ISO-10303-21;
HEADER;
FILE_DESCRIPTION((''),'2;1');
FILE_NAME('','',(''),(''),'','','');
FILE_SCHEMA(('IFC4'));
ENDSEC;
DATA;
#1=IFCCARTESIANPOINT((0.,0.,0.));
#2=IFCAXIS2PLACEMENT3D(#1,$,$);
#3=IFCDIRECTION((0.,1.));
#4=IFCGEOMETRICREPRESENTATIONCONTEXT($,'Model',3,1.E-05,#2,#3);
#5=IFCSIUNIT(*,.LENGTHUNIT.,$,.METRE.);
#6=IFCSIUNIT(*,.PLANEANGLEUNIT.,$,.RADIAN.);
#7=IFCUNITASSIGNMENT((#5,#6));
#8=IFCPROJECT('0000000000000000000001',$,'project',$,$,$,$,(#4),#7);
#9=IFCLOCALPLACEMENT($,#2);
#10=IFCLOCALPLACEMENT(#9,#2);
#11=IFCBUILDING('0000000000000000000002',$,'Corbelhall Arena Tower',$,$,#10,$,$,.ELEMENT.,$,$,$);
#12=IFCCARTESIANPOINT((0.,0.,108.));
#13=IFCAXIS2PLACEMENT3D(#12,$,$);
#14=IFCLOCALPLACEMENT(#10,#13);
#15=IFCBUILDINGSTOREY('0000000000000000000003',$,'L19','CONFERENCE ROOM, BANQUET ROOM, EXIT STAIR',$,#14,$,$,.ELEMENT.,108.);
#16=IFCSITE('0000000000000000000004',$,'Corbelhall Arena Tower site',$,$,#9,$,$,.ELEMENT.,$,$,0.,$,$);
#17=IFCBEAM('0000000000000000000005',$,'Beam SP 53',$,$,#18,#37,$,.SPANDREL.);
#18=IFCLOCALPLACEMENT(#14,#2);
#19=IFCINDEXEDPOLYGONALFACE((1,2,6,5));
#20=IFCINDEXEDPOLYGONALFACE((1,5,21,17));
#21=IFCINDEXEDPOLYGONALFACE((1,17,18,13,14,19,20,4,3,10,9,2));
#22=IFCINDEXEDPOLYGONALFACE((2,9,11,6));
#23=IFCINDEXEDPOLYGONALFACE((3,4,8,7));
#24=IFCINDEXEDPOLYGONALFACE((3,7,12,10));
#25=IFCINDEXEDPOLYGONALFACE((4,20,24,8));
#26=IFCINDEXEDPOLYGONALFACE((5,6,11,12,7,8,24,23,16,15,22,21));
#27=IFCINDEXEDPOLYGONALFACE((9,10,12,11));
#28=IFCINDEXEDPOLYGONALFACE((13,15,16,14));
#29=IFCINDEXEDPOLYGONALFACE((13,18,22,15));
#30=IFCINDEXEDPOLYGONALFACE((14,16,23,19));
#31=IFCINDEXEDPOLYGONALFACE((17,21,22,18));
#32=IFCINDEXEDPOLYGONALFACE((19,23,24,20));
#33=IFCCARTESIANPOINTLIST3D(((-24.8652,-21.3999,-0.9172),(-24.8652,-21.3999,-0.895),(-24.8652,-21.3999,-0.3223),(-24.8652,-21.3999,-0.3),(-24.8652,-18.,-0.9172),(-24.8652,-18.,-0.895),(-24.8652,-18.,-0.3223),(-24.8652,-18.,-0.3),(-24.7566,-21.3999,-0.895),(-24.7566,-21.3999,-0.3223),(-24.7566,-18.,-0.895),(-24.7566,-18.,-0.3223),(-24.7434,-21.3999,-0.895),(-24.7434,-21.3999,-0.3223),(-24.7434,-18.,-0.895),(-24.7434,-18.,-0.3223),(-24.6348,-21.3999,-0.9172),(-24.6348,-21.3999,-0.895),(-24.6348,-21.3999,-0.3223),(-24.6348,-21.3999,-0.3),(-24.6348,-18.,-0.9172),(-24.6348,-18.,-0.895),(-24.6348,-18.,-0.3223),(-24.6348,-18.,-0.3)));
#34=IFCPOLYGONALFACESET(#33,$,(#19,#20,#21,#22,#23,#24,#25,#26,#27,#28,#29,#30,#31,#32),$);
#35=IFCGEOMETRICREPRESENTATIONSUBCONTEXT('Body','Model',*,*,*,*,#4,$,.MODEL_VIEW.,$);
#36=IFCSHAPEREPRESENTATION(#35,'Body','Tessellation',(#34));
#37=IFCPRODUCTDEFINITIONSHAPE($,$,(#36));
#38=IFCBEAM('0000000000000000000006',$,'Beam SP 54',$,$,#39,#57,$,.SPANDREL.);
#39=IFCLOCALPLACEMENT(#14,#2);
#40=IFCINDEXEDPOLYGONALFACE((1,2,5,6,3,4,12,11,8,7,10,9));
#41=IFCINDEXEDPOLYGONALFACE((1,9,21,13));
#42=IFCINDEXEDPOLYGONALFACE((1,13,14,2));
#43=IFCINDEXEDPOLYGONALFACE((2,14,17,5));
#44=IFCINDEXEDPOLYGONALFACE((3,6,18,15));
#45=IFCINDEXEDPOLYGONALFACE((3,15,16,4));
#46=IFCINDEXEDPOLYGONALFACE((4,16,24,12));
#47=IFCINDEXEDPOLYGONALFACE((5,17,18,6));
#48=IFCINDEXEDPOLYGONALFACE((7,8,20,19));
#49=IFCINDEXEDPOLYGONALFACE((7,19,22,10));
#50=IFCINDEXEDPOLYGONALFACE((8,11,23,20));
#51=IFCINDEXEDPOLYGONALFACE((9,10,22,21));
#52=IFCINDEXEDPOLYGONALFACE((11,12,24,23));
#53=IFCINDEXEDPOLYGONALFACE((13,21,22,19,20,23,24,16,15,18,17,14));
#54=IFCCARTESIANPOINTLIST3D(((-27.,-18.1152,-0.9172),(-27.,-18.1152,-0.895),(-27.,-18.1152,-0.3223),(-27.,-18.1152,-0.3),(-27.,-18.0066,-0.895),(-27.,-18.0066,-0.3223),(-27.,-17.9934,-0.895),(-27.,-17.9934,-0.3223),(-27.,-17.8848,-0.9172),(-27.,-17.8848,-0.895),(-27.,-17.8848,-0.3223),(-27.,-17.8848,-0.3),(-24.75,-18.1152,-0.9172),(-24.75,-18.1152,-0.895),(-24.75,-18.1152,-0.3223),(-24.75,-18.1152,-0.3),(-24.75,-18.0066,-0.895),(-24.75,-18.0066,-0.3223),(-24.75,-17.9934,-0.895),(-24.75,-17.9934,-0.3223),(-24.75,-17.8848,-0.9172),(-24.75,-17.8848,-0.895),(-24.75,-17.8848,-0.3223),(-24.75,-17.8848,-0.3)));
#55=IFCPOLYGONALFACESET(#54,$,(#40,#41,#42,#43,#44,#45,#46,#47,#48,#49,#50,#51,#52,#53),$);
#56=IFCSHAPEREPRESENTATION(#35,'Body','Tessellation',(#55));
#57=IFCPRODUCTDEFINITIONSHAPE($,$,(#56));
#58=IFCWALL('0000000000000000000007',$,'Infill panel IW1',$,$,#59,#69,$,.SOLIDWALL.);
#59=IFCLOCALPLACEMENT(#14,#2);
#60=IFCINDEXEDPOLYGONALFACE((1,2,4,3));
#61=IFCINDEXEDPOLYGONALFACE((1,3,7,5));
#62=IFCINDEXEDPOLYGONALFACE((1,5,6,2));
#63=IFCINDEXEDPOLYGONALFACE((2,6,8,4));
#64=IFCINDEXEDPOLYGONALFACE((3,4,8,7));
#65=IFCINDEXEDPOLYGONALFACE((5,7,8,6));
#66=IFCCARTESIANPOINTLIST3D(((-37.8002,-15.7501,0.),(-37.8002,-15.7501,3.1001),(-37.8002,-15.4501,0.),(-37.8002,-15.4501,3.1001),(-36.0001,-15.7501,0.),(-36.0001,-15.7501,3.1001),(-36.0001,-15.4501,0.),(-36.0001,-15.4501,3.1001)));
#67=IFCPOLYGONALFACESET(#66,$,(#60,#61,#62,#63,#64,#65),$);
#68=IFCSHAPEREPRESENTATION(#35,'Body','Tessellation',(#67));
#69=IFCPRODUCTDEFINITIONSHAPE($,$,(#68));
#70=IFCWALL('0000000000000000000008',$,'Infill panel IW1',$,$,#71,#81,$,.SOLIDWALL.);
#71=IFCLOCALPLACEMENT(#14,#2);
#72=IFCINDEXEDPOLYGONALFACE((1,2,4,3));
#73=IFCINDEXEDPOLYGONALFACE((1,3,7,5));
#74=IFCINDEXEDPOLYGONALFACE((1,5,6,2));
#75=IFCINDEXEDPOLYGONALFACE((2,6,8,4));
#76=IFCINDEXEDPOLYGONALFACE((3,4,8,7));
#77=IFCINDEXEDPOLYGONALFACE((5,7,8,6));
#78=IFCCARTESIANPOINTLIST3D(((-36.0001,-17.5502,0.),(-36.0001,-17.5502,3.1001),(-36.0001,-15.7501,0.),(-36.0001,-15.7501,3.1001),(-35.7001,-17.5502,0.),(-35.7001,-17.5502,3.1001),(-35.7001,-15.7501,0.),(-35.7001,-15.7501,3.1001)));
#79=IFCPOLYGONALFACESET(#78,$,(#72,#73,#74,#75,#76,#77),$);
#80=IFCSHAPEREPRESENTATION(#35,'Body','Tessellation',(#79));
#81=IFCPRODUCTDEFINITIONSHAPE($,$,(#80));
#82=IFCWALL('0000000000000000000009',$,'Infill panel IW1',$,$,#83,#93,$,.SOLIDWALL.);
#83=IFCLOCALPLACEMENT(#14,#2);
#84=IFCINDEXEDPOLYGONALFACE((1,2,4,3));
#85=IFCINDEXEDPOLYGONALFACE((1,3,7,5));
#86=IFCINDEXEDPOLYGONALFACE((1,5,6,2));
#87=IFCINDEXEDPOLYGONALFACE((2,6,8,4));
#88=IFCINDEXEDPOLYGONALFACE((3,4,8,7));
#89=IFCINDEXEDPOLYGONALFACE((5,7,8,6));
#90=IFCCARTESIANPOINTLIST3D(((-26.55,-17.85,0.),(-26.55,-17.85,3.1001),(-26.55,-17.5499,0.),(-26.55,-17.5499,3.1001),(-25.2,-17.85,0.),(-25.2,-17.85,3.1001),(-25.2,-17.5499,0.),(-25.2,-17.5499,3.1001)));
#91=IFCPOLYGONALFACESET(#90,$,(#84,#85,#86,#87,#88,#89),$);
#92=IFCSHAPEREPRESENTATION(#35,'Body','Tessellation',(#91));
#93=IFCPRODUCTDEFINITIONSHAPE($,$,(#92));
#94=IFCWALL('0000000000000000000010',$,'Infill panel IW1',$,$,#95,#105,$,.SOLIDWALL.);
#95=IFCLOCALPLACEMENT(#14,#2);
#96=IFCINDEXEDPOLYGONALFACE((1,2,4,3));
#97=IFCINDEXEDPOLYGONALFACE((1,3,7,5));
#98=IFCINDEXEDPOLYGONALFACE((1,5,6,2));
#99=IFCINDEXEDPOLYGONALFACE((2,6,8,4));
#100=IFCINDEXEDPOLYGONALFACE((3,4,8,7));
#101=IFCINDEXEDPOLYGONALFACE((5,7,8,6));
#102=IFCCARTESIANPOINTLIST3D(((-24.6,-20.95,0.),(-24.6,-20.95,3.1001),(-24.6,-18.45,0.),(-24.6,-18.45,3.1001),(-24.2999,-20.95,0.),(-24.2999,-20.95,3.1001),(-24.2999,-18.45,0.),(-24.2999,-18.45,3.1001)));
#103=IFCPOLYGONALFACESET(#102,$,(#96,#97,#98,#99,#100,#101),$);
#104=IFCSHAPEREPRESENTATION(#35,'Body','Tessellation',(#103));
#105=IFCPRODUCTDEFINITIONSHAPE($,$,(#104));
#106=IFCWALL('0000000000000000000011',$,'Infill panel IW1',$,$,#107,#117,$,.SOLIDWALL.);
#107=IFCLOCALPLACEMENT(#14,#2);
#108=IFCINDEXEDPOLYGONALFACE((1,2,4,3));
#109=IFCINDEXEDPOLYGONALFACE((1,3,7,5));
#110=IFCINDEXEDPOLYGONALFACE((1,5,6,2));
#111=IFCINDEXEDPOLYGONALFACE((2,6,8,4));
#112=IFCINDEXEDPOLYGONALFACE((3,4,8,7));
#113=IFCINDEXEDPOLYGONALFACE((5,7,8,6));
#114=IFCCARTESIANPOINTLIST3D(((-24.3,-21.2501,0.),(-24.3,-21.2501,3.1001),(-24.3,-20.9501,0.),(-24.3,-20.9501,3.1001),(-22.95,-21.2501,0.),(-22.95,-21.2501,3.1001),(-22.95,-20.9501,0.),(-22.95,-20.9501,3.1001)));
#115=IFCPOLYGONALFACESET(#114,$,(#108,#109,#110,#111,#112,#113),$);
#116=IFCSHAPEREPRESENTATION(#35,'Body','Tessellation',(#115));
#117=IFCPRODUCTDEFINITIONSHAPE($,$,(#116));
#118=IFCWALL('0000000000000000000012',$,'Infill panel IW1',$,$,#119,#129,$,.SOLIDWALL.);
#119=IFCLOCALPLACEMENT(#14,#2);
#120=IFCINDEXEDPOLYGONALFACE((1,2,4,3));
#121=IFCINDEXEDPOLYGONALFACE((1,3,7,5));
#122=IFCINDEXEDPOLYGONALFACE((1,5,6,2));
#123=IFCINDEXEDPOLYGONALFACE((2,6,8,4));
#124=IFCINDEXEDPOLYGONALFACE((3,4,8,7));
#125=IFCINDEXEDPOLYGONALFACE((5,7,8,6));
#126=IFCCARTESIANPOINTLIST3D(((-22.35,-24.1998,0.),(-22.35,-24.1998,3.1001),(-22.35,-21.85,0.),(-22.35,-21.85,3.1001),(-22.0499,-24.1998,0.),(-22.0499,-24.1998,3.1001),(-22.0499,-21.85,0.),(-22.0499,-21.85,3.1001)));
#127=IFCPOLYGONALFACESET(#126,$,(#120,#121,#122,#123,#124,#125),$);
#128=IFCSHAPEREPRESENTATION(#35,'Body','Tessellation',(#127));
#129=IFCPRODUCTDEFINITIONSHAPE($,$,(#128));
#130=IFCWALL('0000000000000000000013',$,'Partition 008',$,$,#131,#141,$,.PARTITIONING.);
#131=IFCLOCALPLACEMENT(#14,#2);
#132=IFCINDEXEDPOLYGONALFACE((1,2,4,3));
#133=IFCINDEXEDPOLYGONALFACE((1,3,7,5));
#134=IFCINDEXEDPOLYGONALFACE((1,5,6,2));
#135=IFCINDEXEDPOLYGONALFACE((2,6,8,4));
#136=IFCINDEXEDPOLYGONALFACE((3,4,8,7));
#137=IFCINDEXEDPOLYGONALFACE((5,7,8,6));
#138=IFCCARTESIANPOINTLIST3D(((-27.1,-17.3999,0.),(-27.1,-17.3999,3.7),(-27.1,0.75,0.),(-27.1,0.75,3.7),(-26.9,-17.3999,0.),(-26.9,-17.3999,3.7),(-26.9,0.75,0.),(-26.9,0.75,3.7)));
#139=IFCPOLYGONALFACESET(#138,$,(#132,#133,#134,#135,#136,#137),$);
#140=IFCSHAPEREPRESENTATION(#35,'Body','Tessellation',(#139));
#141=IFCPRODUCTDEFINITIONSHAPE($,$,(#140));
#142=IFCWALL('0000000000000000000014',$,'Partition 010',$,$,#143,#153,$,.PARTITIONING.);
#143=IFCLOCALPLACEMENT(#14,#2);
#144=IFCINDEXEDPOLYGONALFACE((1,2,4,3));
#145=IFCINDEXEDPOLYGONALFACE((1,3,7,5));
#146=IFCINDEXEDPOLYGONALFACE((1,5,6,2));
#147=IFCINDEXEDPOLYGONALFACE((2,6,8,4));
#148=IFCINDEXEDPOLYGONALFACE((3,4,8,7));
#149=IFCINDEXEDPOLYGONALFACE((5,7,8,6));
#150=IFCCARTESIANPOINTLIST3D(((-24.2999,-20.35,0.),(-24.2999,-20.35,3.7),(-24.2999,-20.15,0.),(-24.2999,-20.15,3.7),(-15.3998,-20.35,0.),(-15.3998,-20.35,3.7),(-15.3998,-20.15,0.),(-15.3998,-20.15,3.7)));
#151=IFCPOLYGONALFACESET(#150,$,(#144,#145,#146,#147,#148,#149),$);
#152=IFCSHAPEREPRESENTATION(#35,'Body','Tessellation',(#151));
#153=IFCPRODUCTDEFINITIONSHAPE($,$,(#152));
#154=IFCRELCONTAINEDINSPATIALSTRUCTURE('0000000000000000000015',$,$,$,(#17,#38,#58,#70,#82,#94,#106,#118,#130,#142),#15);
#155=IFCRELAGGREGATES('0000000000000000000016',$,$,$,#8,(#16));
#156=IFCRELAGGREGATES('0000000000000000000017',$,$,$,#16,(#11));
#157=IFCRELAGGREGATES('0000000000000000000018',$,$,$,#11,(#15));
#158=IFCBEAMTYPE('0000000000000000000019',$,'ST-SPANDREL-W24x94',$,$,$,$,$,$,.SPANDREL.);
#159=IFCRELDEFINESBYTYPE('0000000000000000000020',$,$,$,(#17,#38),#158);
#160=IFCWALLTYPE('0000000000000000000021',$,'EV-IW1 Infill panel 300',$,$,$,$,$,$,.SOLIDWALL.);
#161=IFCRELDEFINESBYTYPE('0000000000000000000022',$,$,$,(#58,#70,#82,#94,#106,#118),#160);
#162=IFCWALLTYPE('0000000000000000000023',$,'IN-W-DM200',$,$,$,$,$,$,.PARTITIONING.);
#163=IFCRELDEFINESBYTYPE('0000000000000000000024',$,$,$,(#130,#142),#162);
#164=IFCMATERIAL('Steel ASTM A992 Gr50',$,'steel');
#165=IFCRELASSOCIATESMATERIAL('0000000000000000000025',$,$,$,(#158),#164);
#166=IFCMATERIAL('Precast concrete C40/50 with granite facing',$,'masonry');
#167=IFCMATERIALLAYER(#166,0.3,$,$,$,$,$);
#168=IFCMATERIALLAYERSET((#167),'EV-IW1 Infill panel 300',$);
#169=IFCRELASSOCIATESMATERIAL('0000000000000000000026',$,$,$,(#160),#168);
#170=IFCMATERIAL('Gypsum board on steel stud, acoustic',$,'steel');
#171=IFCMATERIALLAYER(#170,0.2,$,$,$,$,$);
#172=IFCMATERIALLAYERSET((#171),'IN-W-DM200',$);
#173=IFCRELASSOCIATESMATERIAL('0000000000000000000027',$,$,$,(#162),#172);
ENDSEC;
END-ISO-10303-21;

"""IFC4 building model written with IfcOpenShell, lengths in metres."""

from ifc_helpers import new_model, si_unit, direction, frame, frame_2d, origin, origin_2d, place, context, subcontext, project, spatial, rectangle, i_section, extrude, material, layer, layer_set, material_profile, profile_set, type_object, element, save


model = new_model("IFC4")

# Units and contexts
model_context = context("Model", 3, precision=1e-05, world=origin(), true_north=direction((0.0, 1.0)))
body_context = subcontext(model_context, "Body", "Model", "MODEL_VIEW")
ifc_project = project(units=[si_unit("LENGTHUNIT", "METRE"), si_unit("PLANEANGLEUNIT", "RADIAN")], contexts=[model_context])

# Site, building, storey
site_placement = place(None, origin())
site = spatial("IfcSite", under=ifc_project, at=site_placement, Name="Corbelhall Arena Tower site", CompositionType="ELEMENT", RefElevation=0.0)
building_placement = place(site_placement, origin())
building = spatial("IfcBuilding", under=site, at=building_placement, Name="Corbelhall Arena Tower", CompositionType="ELEMENT")
storey_placement = place(building_placement, frame((0.0, 0.0, 108.0)))
storey = spatial("IfcBuildingStorey", under=building, at=storey_placement, Name="L19", Description="CONFERENCE ROOM, BANQUET ROOM, EXIT STAIR", CompositionType="ELEMENT", Elevation=108.0)

# Beams
ifc_material_1 = material(Name="Steel ASTM A992 Gr50", Category="steel")
ifc_material_profile_1 = material_profile(ifc_material_1, i_section(OverallWidth=0.2305, OverallDepth=0.6172, WebThickness=0.0132, FlangeThickness=0.0222, at=origin_2d()))
ifc_profile_set_1 = profile_set([ifc_material_profile_1], Name="Steel ASTM A992 Gr50")
beam_type = type_object("IfcBeamType", Name="ST-SPANDREL-W24x94", PredefinedType="SPANDREL", material=ifc_profile_set_1)
beam_1_placement = place(storey_placement, frame((-24.75, -21.3999, -0.6086), z_axis=(0.0, 1.0, 0.0), x_axis=(-1.0, 0.0, 0.0)))
element("IfcBeam", 1, at=beam_1_placement, inside=storey, type_object=beam_type, Name="Beam SP 53", PredefinedType="SPANDREL", context=body_context, shape_type="SweptSolid", body=[
    extrude(i_section(OverallWidth=0.2305, OverallDepth=0.6172, WebThickness=0.0132, FlangeThickness=0.0222, at=origin_2d()), origin(), (0.0, 0.0, 1.0), 3.3999),
])
beam_2_placement = place(storey_placement, frame((-24.75, -18.0, -0.6086), z_axis=(-1.0, 0.0, 0.0), x_axis=(0.0, -1.0, 0.0)))
element("IfcBeam", 2, at=beam_2_placement, inside=storey, type_object=beam_type, Name="Beam SP 54", PredefinedType="SPANDREL", context=body_context, shape_type="SweptSolid", body=[
    extrude(i_section(OverallWidth=0.2305, OverallDepth=0.6172, WebThickness=0.0132, FlangeThickness=0.0222, at=origin_2d()), origin(), (0.0, 0.0, 1.0), 2.25),
])

# Walls
ifc_material_2 = material(Name="Precast concrete C40/50 with granite facing", Category="masonry")
ifc_layer_1 = layer(ifc_material_2, 0.3)
ifc_layer_set_1 = layer_set([ifc_layer_1], Name="EV-IW1 Infill panel 300")
wall_type_1 = type_object("IfcWallType", Name="EV-IW1 Infill panel 300", PredefinedType="SOLIDWALL", material=ifc_layer_set_1)
for number, where, z_axis, x_axis, name in (
    (3, (-37.8, -15.6001, 0.0), (0.0, 0.0, 1.0), (1.0, 0.0, 0.0), "Infill panel IW1"),
    (4, (-35.8501, -17.55, 0.0), (0.0, 0.0, 1.0), (0.0, 1.0, 0.0), "Infill panel IW1"),
):
    element("IfcWall", number, at=place(storey_placement, frame(where, z_axis=z_axis, x_axis=x_axis)), inside=storey, type_object=wall_type_1, Name=name, PredefinedType="SOLIDWALL", context=body_context, shape_type="SweptSolid", body=[
        extrude(rectangle(XDim=1.8, YDim=0.3, at=frame_2d((0.8999, 0.0))), origin(), (0.0, 0.0, 1.0), 3.1001),
    ])

# Walls
wall_1_placement = place(storey_placement, frame((-26.55, -17.7, 0.0), z_axis=(0.0, 0.0, 1.0), x_axis=(1.0, 0.0, 0.0)))
element("IfcWall", 5, at=wall_1_placement, inside=storey, type_object=wall_type_1, Name="Infill panel IW1", PredefinedType="SOLIDWALL", context=body_context, shape_type="SweptSolid", body=[
    extrude(rectangle(XDim=1.3501, YDim=0.3, at=frame_2d((0.675, 0.0))), origin(), (0.0, 0.0, 1.0), 3.1001),
])
wall_2_placement = place(storey_placement, frame((-24.45, -18.45, 0.0), z_axis=(0.0, 0.0, 1.0), x_axis=(0.0, -1.0, 0.0)))
element("IfcWall", 6, at=wall_2_placement, inside=storey, type_object=wall_type_1, Name="Infill panel IW1", PredefinedType="SOLIDWALL", context=body_context, shape_type="SweptSolid", body=[
    extrude(rectangle(XDim=2.5, YDim=0.3, at=frame_2d((1.25, 0.0))), origin(), (0.0, 0.0, 1.0), 3.1001),
])
wall_3_placement = place(storey_placement, frame((-24.3, -21.1001, 0.0), z_axis=(0.0, 0.0, 1.0), x_axis=(1.0, 0.0, 0.0)))
element("IfcWall", 7, at=wall_3_placement, inside=storey, type_object=wall_type_1, Name="Infill panel IW1", PredefinedType="SOLIDWALL", context=body_context, shape_type="SweptSolid", body=[
    extrude(rectangle(XDim=1.3501, YDim=0.3, at=frame_2d((0.675, 0.0))), origin(), (0.0, 0.0, 1.0), 3.1001),
])
wall_4_placement = place(storey_placement, frame((-22.2, -21.8501, 0.0), z_axis=(0.0, 0.0, 1.0), x_axis=(0.0, -1.0, 0.0)))
element("IfcWall", 8, at=wall_4_placement, inside=storey, type_object=wall_type_1, Name="Infill panel IW1", PredefinedType="SOLIDWALL", context=body_context, shape_type="SweptSolid", body=[
    extrude(rectangle(XDim=2.3499, YDim=0.3, at=frame_2d((1.1748, 0.0))), origin(), (0.0, 0.0, 1.0), 3.1001),
])

# Walls
ifc_material_3 = material(Name="Gypsum board on steel stud, acoustic", Category="steel")
ifc_layer_2 = layer(ifc_material_3, 0.2)
ifc_layer_set_2 = layer_set([ifc_layer_2], Name="IN-W-DM200")
wall_type_2 = type_object("IfcWallType", Name="IN-W-DM200", PredefinedType="PARTITIONING", material=ifc_layer_set_2)
wall_5_placement = place(storey_placement, frame((-27.0, -17.3999, 0.0), z_axis=(0.0, 0.0, 1.0), x_axis=(0.0, 1.0, 0.0)))
element("IfcWall", 9, at=wall_5_placement, inside=storey, type_object=wall_type_2, Name="Partition 008", PredefinedType="PARTITIONING", context=body_context, shape_type="SweptSolid", body=[
    extrude(rectangle(XDim=18.1499, YDim=0.2, at=frame_2d((9.075, 0.0))), origin(), (0.0, 0.0, 1.0), 3.7),
])
wall_6_placement = place(storey_placement, frame((-24.3, -20.25, 0.0), z_axis=(0.0, 0.0, 1.0), x_axis=(1.0, 0.0, 0.0)))
element("IfcWall", 10, at=wall_6_placement, inside=storey, type_object=wall_type_2, Name="Partition 010", PredefinedType="PARTITIONING", context=body_context, shape_type="SweptSolid", body=[
    extrude(rectangle(XDim=8.9001, YDim=0.2, at=frame_2d((4.4502, 0.0))), origin(), (0.0, 0.0, 1.0), 3.7),
])

save(model, "model.ifc")
